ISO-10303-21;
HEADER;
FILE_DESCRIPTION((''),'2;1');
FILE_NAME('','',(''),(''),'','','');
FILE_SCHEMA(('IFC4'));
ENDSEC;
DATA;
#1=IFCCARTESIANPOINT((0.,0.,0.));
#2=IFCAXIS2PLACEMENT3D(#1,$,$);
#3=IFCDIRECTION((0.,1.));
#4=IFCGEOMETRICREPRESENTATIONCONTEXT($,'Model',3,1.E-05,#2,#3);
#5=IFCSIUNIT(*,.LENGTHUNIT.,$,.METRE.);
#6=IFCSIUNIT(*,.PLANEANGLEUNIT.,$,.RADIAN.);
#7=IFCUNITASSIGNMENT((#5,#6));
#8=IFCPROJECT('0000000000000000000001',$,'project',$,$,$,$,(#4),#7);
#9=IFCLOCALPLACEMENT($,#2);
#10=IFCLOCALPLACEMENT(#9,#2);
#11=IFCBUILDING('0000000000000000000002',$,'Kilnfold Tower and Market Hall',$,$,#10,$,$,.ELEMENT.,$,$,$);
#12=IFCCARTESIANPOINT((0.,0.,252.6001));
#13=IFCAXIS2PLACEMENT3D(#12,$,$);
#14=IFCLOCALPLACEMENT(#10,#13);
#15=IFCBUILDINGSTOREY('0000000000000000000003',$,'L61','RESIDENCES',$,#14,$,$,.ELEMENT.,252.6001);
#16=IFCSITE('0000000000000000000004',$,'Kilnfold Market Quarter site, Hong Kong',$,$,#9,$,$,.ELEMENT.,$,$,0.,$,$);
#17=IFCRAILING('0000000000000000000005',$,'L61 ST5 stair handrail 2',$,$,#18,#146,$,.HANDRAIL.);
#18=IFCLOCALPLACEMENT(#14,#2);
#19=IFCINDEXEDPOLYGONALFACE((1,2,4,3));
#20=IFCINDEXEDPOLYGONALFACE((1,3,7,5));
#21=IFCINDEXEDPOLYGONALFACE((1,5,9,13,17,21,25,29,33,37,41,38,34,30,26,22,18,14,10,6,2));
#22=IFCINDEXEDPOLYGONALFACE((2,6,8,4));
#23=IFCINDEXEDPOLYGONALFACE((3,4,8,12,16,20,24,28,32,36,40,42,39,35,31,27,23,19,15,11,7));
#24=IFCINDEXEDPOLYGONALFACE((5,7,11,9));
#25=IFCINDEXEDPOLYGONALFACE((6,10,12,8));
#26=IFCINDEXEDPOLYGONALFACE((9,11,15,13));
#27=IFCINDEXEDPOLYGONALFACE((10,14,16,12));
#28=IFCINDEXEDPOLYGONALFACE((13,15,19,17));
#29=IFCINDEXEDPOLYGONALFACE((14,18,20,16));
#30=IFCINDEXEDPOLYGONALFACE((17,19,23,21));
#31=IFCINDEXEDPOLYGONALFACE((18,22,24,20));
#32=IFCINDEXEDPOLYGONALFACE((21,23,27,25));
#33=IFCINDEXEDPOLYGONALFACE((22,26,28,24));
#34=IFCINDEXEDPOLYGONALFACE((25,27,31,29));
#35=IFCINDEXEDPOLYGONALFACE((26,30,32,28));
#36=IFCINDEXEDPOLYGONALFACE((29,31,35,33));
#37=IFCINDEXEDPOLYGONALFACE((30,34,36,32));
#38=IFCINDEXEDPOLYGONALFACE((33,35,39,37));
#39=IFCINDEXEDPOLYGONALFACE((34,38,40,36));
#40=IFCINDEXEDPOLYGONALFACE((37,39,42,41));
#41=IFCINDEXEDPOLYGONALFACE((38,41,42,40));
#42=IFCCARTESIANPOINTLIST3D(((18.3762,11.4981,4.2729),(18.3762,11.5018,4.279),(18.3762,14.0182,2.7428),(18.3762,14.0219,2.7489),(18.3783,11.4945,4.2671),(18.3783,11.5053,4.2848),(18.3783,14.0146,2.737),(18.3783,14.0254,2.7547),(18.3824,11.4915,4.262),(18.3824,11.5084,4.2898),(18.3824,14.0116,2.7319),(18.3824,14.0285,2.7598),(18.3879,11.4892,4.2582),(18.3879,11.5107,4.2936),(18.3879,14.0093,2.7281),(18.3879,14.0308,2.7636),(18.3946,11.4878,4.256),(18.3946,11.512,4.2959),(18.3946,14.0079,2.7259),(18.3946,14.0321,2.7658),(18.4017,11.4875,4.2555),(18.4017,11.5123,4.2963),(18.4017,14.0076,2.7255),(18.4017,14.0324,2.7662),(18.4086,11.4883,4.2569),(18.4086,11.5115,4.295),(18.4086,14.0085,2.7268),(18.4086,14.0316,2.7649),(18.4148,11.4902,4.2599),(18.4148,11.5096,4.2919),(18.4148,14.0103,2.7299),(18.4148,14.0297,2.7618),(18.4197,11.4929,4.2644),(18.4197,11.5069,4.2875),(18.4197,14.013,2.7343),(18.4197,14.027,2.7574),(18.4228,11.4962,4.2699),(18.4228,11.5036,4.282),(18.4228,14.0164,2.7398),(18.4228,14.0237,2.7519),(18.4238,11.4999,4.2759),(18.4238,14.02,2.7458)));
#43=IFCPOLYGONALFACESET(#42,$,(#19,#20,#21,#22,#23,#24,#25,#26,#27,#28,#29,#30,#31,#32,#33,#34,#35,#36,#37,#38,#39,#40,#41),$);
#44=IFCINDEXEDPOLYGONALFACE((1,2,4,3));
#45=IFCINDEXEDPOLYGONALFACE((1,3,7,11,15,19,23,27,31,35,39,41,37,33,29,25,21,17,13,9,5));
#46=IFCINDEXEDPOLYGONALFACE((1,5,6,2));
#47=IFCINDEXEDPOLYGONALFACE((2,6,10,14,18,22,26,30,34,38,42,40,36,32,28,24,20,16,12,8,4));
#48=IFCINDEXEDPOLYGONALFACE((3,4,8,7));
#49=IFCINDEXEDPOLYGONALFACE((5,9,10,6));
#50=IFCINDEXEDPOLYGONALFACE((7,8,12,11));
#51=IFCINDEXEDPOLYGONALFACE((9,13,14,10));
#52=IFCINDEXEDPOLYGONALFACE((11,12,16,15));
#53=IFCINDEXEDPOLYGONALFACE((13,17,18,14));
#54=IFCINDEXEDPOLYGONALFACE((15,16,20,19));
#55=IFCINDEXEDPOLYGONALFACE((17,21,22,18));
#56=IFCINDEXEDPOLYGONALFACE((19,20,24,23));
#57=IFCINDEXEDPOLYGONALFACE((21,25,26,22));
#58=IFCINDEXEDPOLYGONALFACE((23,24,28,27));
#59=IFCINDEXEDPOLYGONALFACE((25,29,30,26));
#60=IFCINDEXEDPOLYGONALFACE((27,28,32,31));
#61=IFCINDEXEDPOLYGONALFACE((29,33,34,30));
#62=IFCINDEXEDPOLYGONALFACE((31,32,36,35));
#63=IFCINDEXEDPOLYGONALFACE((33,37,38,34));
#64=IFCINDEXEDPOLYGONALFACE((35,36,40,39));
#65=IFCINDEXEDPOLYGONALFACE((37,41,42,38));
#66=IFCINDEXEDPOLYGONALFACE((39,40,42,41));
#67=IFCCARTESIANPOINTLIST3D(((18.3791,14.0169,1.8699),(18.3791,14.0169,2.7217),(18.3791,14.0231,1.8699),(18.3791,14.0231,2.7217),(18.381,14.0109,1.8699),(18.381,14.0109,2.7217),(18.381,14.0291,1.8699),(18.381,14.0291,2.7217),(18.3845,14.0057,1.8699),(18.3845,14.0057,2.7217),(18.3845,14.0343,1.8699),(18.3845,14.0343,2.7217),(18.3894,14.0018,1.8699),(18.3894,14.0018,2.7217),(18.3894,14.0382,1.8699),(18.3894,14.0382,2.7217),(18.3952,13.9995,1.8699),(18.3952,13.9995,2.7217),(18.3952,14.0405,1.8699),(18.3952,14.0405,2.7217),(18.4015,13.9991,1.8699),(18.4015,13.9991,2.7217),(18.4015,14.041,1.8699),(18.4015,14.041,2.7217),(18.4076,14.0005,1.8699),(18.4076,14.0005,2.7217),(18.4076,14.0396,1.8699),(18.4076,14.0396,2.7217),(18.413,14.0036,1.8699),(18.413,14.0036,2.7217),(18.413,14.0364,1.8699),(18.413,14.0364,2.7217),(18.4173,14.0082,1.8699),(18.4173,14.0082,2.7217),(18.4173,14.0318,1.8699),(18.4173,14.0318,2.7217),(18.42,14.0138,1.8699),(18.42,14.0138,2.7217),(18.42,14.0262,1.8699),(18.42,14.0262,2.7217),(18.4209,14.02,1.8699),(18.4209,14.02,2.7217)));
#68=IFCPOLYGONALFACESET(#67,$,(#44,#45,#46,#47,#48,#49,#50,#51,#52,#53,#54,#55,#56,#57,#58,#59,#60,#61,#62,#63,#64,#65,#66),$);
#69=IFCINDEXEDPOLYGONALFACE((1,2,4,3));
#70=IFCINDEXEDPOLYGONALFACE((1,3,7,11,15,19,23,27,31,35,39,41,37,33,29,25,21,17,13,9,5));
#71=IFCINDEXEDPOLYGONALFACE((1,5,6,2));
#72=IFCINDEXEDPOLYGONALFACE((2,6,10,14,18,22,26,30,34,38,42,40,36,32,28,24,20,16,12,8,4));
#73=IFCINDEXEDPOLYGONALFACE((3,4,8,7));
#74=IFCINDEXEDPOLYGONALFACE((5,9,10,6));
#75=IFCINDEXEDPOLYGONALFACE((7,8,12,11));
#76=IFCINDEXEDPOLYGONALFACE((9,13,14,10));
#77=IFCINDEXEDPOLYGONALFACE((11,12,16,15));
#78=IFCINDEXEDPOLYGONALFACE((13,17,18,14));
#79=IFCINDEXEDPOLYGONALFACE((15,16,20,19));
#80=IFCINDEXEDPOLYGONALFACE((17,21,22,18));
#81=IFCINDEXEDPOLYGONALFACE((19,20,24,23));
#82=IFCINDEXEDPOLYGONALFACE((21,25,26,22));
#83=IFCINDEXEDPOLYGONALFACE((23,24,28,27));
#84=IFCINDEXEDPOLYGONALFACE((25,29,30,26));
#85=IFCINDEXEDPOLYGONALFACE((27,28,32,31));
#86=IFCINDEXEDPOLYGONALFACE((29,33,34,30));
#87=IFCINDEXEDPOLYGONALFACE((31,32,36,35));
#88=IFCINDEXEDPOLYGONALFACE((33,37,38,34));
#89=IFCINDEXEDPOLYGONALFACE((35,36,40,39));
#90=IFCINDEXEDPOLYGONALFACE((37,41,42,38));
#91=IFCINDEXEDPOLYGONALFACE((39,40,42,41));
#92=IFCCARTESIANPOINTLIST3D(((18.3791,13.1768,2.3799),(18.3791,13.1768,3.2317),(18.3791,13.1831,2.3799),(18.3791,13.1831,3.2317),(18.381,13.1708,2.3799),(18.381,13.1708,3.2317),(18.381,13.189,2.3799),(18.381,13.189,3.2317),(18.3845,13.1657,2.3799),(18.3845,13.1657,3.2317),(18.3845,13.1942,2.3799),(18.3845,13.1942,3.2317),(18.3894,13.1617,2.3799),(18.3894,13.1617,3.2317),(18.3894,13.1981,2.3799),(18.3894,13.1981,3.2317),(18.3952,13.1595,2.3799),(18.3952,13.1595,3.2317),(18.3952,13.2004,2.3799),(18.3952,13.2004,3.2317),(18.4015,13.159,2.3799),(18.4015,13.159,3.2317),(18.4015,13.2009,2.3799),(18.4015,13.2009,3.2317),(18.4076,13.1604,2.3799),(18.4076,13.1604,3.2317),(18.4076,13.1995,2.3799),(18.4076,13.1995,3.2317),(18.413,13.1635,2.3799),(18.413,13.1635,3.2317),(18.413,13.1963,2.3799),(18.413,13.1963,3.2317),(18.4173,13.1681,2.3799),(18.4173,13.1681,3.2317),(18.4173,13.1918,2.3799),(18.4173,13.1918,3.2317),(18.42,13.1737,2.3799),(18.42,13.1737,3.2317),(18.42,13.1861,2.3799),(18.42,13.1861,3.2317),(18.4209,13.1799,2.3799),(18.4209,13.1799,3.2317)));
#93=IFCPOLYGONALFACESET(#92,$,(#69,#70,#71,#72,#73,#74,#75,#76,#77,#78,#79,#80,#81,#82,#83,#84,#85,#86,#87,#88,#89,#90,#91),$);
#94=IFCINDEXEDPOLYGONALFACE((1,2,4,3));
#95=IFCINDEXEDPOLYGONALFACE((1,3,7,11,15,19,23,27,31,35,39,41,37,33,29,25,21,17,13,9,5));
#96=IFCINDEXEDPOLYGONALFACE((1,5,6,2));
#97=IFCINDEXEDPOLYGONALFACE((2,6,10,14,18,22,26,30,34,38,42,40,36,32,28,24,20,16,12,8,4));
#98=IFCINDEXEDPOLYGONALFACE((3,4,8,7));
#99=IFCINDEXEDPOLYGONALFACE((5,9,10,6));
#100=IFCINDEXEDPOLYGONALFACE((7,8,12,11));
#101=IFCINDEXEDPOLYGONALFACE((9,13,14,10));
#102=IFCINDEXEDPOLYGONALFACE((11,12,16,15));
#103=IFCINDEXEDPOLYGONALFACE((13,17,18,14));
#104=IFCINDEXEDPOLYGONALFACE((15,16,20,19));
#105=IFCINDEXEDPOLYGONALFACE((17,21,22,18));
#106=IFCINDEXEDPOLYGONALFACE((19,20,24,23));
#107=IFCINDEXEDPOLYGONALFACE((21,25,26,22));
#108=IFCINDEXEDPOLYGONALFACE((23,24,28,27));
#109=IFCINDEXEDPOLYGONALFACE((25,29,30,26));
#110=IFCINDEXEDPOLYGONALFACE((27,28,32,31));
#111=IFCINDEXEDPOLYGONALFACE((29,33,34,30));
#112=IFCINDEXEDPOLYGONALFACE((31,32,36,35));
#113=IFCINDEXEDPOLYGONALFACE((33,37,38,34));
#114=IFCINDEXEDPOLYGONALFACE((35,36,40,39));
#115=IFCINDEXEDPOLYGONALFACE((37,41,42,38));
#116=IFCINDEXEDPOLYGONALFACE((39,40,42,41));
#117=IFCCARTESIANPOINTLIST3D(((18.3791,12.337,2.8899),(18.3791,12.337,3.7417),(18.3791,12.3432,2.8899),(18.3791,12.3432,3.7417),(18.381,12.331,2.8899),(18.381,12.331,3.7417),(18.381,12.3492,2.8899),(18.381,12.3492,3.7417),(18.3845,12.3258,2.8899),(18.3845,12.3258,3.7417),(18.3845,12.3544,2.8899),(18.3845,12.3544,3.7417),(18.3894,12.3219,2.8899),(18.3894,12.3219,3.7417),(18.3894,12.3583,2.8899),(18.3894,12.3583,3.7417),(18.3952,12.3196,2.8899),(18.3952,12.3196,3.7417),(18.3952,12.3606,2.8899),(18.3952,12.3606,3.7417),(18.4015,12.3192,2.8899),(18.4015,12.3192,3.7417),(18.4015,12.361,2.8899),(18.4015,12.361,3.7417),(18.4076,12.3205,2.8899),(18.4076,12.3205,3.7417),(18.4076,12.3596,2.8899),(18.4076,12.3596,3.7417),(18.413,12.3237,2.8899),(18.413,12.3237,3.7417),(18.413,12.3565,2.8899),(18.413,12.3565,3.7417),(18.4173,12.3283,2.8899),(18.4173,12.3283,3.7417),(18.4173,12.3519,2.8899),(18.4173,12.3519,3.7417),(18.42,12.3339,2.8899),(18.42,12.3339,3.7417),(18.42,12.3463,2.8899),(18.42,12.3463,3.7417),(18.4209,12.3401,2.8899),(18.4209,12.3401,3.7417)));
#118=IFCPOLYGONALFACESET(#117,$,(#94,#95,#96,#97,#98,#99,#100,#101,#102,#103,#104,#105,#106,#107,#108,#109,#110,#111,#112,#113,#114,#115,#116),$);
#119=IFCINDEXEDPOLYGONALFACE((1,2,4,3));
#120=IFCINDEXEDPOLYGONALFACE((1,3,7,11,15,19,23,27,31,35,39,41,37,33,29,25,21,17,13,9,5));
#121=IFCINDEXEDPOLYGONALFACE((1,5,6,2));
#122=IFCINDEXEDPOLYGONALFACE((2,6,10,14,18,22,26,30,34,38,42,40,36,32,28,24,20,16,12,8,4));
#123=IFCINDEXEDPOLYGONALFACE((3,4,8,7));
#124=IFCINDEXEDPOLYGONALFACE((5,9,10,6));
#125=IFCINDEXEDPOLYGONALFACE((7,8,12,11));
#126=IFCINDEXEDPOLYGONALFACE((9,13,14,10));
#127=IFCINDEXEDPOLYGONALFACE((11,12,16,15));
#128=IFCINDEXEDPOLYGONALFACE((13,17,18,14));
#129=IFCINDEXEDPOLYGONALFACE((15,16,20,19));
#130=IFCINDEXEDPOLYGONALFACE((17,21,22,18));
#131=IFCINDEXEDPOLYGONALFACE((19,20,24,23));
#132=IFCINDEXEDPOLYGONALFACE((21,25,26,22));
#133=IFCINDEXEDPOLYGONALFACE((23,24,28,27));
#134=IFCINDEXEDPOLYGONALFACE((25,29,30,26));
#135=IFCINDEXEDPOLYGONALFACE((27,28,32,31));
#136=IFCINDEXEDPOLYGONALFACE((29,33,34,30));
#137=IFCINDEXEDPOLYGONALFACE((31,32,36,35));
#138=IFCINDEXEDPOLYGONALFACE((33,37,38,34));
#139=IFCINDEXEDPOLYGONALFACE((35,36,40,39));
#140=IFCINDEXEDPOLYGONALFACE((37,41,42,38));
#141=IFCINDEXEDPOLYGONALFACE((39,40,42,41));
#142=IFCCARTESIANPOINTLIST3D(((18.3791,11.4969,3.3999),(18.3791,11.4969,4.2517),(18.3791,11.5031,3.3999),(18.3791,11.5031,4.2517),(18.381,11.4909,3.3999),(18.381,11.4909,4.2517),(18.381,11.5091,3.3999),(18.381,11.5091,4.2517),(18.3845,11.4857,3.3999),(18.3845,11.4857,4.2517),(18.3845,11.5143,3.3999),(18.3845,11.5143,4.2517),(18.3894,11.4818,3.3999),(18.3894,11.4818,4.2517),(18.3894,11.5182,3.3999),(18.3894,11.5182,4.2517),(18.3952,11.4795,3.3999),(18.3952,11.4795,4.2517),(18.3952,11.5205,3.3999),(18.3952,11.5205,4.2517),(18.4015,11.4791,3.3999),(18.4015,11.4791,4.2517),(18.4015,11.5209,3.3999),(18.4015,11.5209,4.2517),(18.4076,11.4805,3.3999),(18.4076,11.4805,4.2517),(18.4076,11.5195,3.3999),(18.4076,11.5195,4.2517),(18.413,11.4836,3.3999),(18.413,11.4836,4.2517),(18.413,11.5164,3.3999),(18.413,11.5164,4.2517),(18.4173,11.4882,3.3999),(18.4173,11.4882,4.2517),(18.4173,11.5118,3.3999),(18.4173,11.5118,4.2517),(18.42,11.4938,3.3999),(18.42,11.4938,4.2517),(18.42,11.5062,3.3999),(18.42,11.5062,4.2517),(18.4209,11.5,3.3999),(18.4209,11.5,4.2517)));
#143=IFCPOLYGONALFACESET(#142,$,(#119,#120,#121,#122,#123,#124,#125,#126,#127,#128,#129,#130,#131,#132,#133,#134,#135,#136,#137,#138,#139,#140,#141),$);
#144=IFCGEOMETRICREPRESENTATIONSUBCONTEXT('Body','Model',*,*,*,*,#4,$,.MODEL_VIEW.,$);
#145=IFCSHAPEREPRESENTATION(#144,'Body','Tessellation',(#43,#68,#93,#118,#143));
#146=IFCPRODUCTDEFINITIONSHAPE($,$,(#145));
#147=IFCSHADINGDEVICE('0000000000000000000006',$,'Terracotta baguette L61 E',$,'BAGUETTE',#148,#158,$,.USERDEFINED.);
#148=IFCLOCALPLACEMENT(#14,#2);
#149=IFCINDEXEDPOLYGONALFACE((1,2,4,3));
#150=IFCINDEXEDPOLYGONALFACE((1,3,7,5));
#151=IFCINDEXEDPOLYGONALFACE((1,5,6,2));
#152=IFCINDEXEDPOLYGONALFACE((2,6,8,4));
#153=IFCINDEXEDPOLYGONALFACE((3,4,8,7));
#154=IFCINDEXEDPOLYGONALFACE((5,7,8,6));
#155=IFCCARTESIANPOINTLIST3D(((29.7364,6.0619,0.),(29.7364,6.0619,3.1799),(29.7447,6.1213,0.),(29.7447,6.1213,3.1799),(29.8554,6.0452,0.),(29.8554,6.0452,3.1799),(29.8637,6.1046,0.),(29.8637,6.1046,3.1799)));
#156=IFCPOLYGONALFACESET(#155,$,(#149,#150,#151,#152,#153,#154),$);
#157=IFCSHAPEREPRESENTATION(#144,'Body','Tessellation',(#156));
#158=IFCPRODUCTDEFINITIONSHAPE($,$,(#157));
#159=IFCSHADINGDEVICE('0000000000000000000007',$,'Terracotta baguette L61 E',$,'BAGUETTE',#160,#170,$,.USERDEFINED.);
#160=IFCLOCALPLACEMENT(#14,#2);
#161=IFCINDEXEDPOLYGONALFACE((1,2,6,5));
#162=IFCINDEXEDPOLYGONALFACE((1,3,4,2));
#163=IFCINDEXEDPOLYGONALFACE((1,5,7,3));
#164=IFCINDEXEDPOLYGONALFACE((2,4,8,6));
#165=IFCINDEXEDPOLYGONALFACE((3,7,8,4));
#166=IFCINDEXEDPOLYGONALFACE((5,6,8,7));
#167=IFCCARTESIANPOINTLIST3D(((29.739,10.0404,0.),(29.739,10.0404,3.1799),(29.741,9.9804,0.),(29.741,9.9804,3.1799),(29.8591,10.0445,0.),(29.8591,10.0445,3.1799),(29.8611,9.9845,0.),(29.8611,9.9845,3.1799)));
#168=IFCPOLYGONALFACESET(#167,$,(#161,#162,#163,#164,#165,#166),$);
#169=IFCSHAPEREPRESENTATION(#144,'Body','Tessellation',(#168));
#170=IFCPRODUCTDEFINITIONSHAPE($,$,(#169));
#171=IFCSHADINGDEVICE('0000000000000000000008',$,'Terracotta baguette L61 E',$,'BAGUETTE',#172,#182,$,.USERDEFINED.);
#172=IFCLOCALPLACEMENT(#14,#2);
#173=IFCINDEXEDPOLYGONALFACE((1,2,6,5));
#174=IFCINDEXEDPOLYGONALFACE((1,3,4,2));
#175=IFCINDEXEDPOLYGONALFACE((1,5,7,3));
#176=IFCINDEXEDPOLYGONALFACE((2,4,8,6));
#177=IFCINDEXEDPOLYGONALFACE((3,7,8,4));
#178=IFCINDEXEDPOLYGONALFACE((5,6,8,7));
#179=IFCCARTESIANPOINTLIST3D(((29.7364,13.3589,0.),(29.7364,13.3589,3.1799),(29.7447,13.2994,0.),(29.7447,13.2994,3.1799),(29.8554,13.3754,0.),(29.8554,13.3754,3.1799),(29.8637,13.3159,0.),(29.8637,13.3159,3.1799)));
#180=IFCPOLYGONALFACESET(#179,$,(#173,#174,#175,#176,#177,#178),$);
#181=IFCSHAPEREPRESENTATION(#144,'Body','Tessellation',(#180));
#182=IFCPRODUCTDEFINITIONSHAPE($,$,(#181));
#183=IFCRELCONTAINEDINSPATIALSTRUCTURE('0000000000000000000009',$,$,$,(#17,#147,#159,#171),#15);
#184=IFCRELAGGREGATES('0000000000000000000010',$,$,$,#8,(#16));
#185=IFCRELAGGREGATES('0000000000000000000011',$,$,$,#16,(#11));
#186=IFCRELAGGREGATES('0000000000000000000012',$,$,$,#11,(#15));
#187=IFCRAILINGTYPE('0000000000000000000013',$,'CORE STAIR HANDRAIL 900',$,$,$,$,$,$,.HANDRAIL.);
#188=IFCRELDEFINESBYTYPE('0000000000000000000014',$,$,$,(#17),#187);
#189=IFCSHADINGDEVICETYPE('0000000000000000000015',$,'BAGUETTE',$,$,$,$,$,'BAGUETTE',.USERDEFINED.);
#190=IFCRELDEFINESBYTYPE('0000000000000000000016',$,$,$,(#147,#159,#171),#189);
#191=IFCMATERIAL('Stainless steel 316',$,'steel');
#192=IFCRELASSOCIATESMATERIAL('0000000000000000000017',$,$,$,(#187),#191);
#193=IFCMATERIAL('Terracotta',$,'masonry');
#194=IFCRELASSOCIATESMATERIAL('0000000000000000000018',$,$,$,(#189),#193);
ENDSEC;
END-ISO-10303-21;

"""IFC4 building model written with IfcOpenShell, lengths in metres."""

from ifc_helpers import new_model, si_unit, direction, frame, origin, origin_2d, place, context, subcontext, project, spatial, rectangle, circle, extrude, source, transform, mapped, material, material_profile, profile_set, type_object, element, save


model = new_model("IFC4")

# Units and contexts
model_context = context("Model", 3, precision=1e-05, world=origin(), true_north=direction((0.0, 1.0)))
body_context = subcontext(model_context, "Body", "Model", "MODEL_VIEW")
ifc_project = project(units=[si_unit("LENGTHUNIT", "METRE"), si_unit("PLANEANGLEUNIT", "RADIAN")], contexts=[model_context])

# Site, building, storey
site_placement = place(None, origin())
site = spatial("IfcSite", under=ifc_project, at=site_placement, Name="Kilnfold Market Quarter site, Hong Kong", CompositionType="ELEMENT", RefElevation=0.0)
building_placement = place(site_placement, origin())
building = spatial("IfcBuilding", under=site, at=building_placement, Name="Kilnfold Tower and Market Hall", CompositionType="ELEMENT")
storey_placement = place(building_placement, frame((0.0, 0.0, 252.6001)))
storey = spatial("IfcBuildingStorey", under=building, at=storey_placement, Name="L61", Description="RESIDENCES", CompositionType="ELEMENT", Elevation=252.6001)

# Railing
ifc_material_1 = material(Name="Stainless steel 316", Category="steel")
railing_type_1 = type_object("IfcRailingType", Name="CORE STAIR HANDRAIL 900", PredefinedType="HANDRAIL", material=ifc_material_1)
railing_1_placement = place(storey_placement, frame((18.3999, 14.02, 1.8699)))
element("IfcRailing", 1, at=railing_1_placement, inside=storey, type_object=railing_type_1, Name="L61 ST5 stair handrail 2", PredefinedType="HANDRAIL", context=body_context, shape_type="SweptSolid", body=[
    extrude(circle(Radius=0.0239, at=origin_2d()), frame((0.0, 0.0, 0.876), z_axis=(0.0, -0.854785, 0.518982), x_axis=(1.0, 0.0, 0.0)), (0.0, 0.0, 1.0), 2.9482),
    extrude(circle(Radius=0.021, at=origin_2d()), origin(), (0.0, 0.0, 1.0), 0.8518),
    extrude(circle(Radius=0.021, at=origin_2d()), frame((0.0, -0.8401, 0.51)), (0.0, 0.0, 1.0), 0.8518),
    extrude(circle(Radius=0.021, at=origin_2d()), frame((0.0, -1.6799, 1.02)), (0.0, 0.0, 1.0), 0.8518),
    extrude(circle(Radius=0.021, at=origin_2d()), frame((0.0, -2.52, 1.53)), (0.0, 0.0, 1.0), 0.8518),
])

# Shading devices
ifc_material_2 = material(Name="Terracotta", Category="masonry")
ifc_material_profile_1 = material_profile(ifc_material_2, rectangle(XDim=0.0601, YDim=0.1201, at=origin_2d()), Name="BAG 60x120")
ifc_profile_set_1 = profile_set([ifc_material_profile_1], Name="Terracotta")
shading_device_type = type_object("IfcShadingDeviceType", Name="BAGUETTE", ElementType="BAGUETTE", PredefinedType="USERDEFINED", material=ifc_profile_set_1)
shared_shape_1 = source(origin(), body_context, "Body", "SweptSolid", [
    extrude(rectangle(XDim=0.0601, YDim=0.1201, at=origin_2d()), origin(), (0.0, 0.0, 1.0), 3.1799),
])
for number, where, z_axis, x_axis, name in (
    (2, (29.8, 6.0833, 0.0), (0.0, 0.0, 1.0), (0.138976, 0.990296, 0.0), "Terracotta baguette L61 E"),
    (3, (29.8, 10.0125, 0.0), (0.0, 0.0, 1.0), (-0.034003, 0.999422, 0.0), "Terracotta baguette L61 E"),
    (4, (29.8, 13.3374, 0.0), (0.0, 0.0, 1.0), (-0.137237, 0.990538, 0.0), "Terracotta baguette L61 E"),
):
    element("IfcShadingDevice", number, at=place(storey_placement, frame(where, z_axis=z_axis, x_axis=x_axis)), inside=storey, type_object=shading_device_type, Name=name, ObjectType="BAGUETTE", PredefinedType="USERDEFINED", context=body_context, shape_type="MappedRepresentation", body=[
        mapped(shared_shape_1, transform((0.0, 0.0, 0.0))),
    ])

save(model, "model.ifc")
